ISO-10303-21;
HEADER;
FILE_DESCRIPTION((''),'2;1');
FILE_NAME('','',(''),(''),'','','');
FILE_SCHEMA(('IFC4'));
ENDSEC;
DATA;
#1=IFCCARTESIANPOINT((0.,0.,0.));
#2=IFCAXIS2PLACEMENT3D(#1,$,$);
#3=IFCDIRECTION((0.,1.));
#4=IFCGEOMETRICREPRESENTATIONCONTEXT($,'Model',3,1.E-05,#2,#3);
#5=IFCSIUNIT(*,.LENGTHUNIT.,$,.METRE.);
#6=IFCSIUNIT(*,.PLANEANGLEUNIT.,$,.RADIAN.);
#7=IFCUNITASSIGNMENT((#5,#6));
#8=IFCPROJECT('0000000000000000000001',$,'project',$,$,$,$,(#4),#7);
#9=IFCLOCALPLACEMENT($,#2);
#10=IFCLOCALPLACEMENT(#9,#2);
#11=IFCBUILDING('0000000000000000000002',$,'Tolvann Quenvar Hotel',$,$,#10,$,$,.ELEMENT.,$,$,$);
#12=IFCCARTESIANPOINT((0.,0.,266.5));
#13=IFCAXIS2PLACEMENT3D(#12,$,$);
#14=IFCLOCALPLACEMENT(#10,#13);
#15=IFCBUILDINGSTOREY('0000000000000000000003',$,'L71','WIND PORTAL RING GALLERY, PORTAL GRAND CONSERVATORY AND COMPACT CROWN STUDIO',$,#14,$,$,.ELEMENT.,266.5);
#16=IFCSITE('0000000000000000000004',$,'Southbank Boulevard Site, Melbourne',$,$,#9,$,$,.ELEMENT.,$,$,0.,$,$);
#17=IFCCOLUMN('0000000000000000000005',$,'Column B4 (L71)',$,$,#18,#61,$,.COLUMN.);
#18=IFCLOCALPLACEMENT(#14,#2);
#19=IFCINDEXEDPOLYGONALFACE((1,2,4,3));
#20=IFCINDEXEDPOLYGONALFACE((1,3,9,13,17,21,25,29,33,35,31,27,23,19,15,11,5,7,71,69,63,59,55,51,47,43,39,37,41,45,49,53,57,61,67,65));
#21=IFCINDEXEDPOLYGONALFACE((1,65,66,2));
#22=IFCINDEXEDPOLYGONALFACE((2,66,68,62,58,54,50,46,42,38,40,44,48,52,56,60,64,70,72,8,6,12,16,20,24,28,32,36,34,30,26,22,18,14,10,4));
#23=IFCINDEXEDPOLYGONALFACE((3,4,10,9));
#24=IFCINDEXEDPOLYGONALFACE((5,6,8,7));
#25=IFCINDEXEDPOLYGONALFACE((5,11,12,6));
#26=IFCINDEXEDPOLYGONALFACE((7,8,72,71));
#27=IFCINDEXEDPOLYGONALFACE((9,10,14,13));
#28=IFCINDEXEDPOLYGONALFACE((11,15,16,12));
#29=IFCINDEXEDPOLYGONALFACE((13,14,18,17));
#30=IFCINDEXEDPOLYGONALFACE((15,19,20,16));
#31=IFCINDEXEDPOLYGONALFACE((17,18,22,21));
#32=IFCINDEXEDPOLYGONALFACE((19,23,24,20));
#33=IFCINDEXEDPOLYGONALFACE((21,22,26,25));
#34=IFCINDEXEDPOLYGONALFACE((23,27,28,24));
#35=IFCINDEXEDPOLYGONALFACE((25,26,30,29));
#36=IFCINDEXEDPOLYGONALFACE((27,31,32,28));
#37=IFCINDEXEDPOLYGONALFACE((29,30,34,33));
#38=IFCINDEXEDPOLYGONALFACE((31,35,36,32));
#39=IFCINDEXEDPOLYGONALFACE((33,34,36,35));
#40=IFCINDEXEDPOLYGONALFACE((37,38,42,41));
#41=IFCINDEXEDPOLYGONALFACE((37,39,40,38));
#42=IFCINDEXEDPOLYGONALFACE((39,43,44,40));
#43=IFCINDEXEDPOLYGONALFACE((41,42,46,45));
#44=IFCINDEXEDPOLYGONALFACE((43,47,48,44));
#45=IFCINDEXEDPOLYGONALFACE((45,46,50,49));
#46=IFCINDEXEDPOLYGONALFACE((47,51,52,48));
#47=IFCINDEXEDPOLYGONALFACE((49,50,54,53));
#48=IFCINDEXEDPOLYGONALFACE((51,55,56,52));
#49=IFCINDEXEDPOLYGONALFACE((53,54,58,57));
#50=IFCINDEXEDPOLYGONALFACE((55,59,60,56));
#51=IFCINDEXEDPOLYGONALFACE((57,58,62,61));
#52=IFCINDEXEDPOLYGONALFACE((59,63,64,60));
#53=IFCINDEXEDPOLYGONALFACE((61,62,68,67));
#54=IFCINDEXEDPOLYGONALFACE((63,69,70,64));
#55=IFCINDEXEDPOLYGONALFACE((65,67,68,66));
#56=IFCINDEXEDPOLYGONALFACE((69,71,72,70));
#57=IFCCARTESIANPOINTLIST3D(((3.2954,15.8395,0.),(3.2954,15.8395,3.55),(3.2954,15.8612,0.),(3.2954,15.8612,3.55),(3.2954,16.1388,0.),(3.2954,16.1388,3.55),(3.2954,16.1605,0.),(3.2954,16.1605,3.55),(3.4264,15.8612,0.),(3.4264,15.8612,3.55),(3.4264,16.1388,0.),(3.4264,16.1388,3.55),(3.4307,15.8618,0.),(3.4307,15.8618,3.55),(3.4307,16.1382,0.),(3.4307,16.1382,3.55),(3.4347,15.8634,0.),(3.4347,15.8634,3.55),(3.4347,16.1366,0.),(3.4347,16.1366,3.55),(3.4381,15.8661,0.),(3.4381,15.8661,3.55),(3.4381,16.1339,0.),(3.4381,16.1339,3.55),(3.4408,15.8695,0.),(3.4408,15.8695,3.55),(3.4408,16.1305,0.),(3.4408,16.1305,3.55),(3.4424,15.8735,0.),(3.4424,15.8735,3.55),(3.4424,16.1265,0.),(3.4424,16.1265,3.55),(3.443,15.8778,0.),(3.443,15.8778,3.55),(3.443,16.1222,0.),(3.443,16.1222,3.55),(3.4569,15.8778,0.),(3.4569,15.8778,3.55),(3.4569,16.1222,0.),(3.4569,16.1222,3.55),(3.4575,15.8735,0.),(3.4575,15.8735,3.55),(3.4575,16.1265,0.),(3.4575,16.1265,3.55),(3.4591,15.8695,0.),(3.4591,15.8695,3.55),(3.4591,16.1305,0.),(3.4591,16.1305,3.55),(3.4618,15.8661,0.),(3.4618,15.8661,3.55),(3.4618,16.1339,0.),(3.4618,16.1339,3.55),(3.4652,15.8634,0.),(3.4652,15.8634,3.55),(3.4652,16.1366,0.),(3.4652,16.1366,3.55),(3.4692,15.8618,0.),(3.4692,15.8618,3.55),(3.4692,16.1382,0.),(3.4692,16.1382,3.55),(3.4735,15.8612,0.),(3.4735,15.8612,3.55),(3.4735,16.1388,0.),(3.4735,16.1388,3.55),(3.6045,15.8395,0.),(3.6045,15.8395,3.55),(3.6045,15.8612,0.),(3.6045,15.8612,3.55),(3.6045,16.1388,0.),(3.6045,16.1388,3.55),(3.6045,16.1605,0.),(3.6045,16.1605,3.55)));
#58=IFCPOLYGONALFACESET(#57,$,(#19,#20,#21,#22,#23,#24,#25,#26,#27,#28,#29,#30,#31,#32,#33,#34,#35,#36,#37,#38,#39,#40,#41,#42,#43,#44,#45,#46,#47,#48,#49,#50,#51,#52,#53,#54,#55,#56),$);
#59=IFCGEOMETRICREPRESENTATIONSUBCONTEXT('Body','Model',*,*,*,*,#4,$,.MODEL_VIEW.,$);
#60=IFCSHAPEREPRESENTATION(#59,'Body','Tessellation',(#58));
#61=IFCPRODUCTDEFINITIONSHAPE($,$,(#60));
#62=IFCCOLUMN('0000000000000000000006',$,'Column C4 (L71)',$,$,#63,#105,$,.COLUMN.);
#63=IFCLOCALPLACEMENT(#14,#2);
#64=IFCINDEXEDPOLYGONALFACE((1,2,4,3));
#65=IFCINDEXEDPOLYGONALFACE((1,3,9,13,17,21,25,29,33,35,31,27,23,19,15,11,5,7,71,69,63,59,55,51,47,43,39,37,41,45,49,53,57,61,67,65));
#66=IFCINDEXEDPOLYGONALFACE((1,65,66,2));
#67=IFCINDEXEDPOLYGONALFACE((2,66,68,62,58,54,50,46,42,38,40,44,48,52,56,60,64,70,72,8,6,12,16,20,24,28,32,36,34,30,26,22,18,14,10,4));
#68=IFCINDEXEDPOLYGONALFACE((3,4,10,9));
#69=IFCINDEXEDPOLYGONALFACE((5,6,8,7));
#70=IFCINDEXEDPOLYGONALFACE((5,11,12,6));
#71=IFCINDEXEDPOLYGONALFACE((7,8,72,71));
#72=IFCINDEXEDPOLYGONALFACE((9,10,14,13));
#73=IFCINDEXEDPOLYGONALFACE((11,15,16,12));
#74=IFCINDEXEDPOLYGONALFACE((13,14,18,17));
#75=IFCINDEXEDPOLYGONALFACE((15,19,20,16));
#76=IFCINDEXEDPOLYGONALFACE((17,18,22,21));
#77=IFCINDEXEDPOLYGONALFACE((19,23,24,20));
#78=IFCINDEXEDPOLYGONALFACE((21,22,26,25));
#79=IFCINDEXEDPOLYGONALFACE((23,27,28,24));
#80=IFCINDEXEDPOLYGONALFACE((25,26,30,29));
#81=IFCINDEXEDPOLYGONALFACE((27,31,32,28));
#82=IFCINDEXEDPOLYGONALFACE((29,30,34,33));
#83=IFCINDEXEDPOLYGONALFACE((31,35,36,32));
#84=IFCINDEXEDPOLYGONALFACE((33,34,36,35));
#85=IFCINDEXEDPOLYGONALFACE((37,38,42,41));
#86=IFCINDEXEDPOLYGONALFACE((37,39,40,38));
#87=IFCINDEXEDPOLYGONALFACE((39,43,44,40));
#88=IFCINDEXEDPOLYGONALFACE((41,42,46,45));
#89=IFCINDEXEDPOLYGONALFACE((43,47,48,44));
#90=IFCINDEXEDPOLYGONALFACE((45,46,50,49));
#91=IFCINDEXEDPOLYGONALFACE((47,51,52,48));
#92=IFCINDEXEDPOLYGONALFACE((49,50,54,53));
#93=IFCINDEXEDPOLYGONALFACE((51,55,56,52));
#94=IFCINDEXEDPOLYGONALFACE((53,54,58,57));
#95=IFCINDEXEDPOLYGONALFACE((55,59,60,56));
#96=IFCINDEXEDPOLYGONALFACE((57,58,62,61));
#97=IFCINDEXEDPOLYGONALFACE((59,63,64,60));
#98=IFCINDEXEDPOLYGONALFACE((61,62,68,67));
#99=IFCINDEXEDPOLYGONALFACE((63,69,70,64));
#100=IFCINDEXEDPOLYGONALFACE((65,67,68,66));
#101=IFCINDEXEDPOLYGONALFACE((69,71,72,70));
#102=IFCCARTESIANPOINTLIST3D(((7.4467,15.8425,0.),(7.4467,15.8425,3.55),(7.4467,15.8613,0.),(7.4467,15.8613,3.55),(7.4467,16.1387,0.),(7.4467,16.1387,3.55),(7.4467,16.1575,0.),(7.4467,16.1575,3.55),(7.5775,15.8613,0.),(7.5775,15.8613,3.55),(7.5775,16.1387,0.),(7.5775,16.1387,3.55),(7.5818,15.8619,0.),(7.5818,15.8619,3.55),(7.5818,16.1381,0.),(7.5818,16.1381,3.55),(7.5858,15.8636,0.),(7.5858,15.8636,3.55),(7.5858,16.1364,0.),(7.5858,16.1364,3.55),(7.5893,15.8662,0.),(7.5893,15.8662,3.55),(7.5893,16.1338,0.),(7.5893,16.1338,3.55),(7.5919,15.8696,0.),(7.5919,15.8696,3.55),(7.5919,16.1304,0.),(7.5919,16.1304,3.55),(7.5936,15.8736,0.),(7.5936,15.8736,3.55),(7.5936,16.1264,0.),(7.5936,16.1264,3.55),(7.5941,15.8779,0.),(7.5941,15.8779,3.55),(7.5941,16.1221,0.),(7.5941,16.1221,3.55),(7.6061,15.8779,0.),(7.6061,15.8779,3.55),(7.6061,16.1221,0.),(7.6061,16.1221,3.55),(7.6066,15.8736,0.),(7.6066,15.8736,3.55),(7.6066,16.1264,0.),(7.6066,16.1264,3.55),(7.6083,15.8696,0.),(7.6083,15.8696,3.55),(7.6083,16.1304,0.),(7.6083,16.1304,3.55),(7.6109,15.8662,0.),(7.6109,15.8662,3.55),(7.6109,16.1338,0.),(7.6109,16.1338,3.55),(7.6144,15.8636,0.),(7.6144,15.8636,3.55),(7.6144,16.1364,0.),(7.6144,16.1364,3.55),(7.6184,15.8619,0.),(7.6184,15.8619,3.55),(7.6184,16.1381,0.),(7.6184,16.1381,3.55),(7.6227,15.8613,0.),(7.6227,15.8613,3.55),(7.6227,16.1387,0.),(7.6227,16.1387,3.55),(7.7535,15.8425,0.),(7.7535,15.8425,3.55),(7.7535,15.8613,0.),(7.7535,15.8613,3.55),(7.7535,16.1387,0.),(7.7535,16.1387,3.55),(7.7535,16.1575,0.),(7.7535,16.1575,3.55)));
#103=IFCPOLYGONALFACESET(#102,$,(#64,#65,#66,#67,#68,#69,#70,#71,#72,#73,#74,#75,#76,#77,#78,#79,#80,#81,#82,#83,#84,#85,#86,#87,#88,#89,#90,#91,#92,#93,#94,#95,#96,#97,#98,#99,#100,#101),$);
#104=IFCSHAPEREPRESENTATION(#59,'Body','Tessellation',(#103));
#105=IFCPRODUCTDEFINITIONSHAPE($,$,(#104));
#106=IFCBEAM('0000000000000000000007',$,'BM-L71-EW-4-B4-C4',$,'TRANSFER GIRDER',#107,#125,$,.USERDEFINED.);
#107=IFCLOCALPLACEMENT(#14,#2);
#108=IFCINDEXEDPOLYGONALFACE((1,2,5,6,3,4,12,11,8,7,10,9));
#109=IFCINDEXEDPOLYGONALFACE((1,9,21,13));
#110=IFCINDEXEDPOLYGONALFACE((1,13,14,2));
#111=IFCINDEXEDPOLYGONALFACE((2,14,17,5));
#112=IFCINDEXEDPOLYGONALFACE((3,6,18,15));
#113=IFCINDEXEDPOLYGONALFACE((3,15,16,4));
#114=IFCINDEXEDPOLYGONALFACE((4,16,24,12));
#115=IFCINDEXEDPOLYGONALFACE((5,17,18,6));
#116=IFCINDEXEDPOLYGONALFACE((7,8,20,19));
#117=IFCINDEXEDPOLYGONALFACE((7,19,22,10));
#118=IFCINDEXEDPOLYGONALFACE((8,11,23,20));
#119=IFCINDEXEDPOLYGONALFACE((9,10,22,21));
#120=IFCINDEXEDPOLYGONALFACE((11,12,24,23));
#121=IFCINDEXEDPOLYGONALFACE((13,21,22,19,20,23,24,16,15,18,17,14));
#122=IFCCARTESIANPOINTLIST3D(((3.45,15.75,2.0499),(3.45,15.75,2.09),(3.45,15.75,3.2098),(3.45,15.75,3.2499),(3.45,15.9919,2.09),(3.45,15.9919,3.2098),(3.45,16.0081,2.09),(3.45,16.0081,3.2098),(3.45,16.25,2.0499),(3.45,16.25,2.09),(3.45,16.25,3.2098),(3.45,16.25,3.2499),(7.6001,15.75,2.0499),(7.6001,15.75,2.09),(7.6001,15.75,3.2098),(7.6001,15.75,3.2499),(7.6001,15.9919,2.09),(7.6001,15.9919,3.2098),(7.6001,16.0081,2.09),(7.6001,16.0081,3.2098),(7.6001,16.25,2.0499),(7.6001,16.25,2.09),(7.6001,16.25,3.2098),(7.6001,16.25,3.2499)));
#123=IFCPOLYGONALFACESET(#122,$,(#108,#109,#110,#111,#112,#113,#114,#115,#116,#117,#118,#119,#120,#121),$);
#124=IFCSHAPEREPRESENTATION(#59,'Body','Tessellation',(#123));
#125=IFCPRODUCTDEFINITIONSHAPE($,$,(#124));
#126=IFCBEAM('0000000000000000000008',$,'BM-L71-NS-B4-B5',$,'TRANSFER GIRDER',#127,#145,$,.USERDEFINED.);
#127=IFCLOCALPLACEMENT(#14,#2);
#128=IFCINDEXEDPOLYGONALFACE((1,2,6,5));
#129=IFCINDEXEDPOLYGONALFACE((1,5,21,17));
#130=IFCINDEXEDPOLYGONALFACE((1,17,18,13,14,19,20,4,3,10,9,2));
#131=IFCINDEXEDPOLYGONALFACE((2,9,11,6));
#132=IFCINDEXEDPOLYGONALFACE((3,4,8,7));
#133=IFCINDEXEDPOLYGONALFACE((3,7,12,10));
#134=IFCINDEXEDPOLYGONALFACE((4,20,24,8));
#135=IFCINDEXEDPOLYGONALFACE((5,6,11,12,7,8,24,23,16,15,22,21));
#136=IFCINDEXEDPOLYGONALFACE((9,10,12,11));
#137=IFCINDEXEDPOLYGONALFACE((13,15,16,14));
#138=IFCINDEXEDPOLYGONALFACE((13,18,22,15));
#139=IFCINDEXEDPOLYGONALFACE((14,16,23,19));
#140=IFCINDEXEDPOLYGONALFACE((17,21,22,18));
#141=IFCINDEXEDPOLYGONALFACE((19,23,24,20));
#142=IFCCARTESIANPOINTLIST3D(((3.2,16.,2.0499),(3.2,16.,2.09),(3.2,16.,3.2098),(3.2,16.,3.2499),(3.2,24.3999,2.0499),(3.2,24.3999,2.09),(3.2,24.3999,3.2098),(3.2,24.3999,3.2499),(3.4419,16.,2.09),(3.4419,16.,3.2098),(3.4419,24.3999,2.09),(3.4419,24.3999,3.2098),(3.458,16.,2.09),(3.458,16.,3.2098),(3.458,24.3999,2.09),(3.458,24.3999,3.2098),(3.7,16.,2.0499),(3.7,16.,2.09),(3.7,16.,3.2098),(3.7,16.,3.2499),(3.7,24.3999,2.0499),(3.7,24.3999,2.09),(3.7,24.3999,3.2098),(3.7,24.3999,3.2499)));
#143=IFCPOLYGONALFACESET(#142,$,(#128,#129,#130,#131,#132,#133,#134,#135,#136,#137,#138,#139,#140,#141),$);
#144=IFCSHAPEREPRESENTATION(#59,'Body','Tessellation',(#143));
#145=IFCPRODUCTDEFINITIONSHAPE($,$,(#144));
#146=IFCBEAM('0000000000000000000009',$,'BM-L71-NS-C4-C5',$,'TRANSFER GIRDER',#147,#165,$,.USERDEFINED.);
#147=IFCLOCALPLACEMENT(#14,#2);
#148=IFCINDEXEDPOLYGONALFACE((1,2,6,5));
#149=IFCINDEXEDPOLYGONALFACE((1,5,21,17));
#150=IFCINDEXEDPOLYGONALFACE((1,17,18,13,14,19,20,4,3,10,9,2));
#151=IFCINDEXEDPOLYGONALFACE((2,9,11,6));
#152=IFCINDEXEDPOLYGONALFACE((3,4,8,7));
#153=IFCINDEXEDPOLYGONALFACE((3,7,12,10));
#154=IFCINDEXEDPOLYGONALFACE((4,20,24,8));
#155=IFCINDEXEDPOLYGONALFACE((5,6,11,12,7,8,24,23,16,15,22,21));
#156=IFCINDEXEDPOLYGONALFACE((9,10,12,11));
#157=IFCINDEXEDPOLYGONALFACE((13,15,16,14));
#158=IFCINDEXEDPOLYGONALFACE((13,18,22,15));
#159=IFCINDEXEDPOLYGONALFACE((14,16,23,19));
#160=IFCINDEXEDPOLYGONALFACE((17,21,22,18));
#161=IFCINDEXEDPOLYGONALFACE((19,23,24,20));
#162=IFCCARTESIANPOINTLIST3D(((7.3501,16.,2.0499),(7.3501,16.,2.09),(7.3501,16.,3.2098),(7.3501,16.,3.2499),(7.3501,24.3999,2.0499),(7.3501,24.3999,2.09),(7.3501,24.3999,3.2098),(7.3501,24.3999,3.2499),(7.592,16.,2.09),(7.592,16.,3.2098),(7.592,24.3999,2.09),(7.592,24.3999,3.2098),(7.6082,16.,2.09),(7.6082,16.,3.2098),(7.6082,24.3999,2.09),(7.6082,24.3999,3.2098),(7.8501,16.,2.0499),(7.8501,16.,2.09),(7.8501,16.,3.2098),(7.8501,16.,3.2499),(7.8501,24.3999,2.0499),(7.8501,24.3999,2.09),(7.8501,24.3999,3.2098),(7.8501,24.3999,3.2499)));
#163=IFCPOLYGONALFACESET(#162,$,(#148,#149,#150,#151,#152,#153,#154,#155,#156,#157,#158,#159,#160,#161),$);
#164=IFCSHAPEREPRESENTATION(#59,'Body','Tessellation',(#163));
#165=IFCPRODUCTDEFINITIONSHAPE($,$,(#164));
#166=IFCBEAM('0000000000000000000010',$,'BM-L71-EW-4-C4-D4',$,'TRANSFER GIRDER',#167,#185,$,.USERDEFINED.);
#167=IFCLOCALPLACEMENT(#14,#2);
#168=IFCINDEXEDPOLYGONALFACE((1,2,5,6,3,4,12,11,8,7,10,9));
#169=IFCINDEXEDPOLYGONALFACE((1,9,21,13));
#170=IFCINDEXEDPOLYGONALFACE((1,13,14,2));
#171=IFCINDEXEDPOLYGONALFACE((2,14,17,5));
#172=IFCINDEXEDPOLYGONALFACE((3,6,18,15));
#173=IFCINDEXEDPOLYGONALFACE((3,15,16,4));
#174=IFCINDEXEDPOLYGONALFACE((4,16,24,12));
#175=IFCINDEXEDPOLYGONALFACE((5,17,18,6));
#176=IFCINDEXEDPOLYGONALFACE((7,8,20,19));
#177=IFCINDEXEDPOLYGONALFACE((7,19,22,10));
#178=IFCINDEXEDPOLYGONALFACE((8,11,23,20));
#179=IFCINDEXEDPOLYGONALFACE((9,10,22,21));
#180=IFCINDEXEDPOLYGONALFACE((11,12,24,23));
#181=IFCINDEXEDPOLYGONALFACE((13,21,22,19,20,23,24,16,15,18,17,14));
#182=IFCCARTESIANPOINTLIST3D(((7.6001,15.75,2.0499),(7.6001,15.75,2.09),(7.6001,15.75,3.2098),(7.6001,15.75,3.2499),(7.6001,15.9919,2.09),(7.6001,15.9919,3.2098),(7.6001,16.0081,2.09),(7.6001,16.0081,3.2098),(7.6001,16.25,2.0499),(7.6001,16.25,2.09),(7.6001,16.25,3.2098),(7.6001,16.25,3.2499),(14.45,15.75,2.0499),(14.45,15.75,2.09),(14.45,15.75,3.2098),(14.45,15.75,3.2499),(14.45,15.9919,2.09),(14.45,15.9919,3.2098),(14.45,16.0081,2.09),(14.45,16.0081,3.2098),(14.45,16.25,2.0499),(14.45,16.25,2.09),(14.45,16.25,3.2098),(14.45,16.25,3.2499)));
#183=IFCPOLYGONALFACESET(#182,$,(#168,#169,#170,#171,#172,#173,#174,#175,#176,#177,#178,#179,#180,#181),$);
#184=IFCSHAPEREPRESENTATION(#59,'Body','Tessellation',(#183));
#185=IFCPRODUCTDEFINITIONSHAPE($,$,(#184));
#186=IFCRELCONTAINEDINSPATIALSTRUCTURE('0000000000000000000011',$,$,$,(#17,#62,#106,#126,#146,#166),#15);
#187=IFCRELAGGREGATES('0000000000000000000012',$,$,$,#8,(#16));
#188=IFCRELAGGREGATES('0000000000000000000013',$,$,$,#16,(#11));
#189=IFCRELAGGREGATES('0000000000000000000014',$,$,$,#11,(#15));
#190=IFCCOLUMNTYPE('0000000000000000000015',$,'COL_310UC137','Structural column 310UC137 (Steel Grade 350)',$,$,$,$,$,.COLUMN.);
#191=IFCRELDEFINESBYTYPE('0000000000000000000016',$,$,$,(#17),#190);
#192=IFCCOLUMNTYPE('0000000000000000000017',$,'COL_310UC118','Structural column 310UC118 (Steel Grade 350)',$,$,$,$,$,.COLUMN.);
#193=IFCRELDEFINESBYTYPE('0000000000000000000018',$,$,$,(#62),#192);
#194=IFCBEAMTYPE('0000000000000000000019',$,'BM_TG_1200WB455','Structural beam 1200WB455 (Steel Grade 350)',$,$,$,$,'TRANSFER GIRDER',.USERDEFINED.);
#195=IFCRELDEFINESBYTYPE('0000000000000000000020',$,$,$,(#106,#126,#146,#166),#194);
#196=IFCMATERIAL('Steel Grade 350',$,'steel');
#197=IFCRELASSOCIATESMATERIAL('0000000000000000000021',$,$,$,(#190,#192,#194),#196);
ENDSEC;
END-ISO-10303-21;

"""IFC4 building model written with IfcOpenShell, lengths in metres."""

from ifc_helpers import new_model, si_unit, direction, frame, origin, origin_2d, place, context, subcontext, project, spatial, i_section, extrude, source, transform, mapped, material, material_profile, profile_set, type_object, type_shapes, element, save


model = new_model("IFC4")

# Units and contexts
model_context = context("Model", 3, precision=1e-05, world=origin(), true_north=direction((0.0, 1.0)))
body_context = subcontext(model_context, "Body", "Model", "MODEL_VIEW")
ifc_project = project(units=[si_unit("LENGTHUNIT", "METRE"), si_unit("PLANEANGLEUNIT", "RADIAN")], contexts=[model_context])

# Site, building, storey
site_placement = place(None, origin())
site = spatial("IfcSite", under=ifc_project, at=site_placement, Name="Southbank Boulevard Site, Melbourne", CompositionType="ELEMENT", RefElevation=0.0)
building_placement = place(site_placement, origin())
building = spatial("IfcBuilding", under=site, at=building_placement, Name="Tolvann Quenvar Hotel", CompositionType="ELEMENT")
storey_placement = place(building_placement, frame((0.0, 0.0, 266.5)))
storey = spatial("IfcBuildingStorey", under=building, at=storey_placement, Name="L71", Description="WIND PORTAL RING GALLERY, PORTAL GRAND CONSERVATORY AND COMPACT CROWN STUDIO", CompositionType="ELEMENT", Elevation=266.5)

# Columns
ifc_material_1 = material(Name="Steel Grade 350", Category="steel")
ifc_material_profile_1 = material_profile(ifc_material_1, i_section(OverallWidth=0.3091, OverallDepth=0.321, WebThickness=0.0139, FlangeThickness=0.0217, FilletRadius=0.0166, at=origin_2d()), Name="310UC137")
ifc_profile_set_1 = profile_set([ifc_material_profile_1], Name="Steel Grade 350")
column_type_1 = type_object("IfcColumnType", Name="COL_310UC137", Description="Structural column 310UC137 (Steel Grade 350)", PredefinedType="COLUMN", material=ifc_profile_set_1)
shared_shape_1 = source(origin(), body_context, "Body", "SweptSolid", [
    extrude(i_section(OverallWidth=0.3091, OverallDepth=0.321, WebThickness=0.0139, FlangeThickness=0.0217, FilletRadius=0.0166, at=origin_2d()), origin(), (0.0, 0.0, 1.0), 3.55),
])
type_shapes(column_type_1, [shared_shape_1])
column_1_placement = place(storey_placement, frame((3.45, 16.0, 0.0), z_axis=(0.0, 0.0, 1.0), x_axis=(1.0, 0.0, 0.0)))
element("IfcColumn", 1, at=column_1_placement, inside=storey, type_object=column_type_1, Name="Column B4 (L71)", PredefinedType="COLUMN", context=body_context, shape_type="MappedRepresentation", body=[
    mapped(shared_shape_1, transform((0.0, 0.0, 0.0), x_axis=(1.0, 0.0, 0.0), y_axis=(0.0, 1.0, 0.0), z_axis=(0.0, 0.0, 1.0), scale=1.0)),
])
ifc_material_profile_2 = material_profile(ifc_material_1, i_section(OverallWidth=0.3069, OverallDepth=0.3149, WebThickness=0.012, FlangeThickness=0.0188, FilletRadius=0.0166, at=origin_2d()), Name="310UC118")
ifc_profile_set_2 = profile_set([ifc_material_profile_2], Name="Steel Grade 350")
column_type_2 = type_object("IfcColumnType", Name="COL_310UC118", Description="Structural column 310UC118 (Steel Grade 350)", PredefinedType="COLUMN", material=ifc_profile_set_2)
shared_shape_2 = source(origin(), body_context, "Body", "SweptSolid", [
    extrude(i_section(OverallWidth=0.3069, OverallDepth=0.3149, WebThickness=0.012, FlangeThickness=0.0188, FilletRadius=0.0166, at=origin_2d()), origin(), (0.0, 0.0, 1.0), 3.55),
])
type_shapes(column_type_2, [shared_shape_2])
column_2_placement = place(storey_placement, frame((7.6001, 16.0, 0.0), z_axis=(0.0, 0.0, 1.0), x_axis=(1.0, 0.0, 0.0)))
element("IfcColumn", 2, at=column_2_placement, inside=storey, type_object=column_type_2, Name="Column C4 (L71)", PredefinedType="COLUMN", context=body_context, shape_type="MappedRepresentation", body=[
    mapped(shared_shape_2, transform((0.0, 0.0, 0.0), x_axis=(1.0, 0.0, 0.0), y_axis=(0.0, 1.0, 0.0), z_axis=(0.0, 0.0, 1.0), scale=1.0)),
])

# Beams
ifc_material_profile_3 = material_profile(ifc_material_1, i_section(OverallWidth=0.5, OverallDepth=1.2, WebThickness=0.0161, FlangeThickness=0.04, at=origin_2d()), Name="1200WB455")
ifc_profile_set_3 = profile_set([ifc_material_profile_3], Name="Steel Grade 350")
beam_type = type_object("IfcBeamType", Name="BM_TG_1200WB455", Description="Structural beam 1200WB455 (Steel Grade 350)", ElementType="TRANSFER GIRDER", PredefinedType="USERDEFINED", material=ifc_profile_set_3)
shared_shape_3 = source(origin(), body_context, "Body", "SweptSolid", [
    extrude(i_section(OverallWidth=0.5, OverallDepth=1.2, WebThickness=0.0161, FlangeThickness=0.04, at=origin_2d()), origin(), (0.0, 0.0, 1.0), 4.1501),
])
beam_1_placement = place(storey_placement, frame((3.45, 16.0, 2.6499), z_axis=(1.0, 0.0, 0.0), x_axis=(0.0, 1.0, 0.0)))
element("IfcBeam", 3, at=beam_1_placement, inside=storey, type_object=beam_type, Name="BM-L71-EW-4-B4-C4", ObjectType="TRANSFER GIRDER", PredefinedType="USERDEFINED", context=body_context, shape_type="MappedRepresentation", body=[
    mapped(shared_shape_3, transform((0.0, 0.0, 0.0), x_axis=(1.0, 0.0, 0.0), y_axis=(0.0, 1.0, 0.0), z_axis=(0.0, 0.0, 1.0), scale=1.0)),
])
shared_shape_4 = source(origin(), body_context, "Body", "SweptSolid", [
    extrude(i_section(OverallWidth=0.5, OverallDepth=1.2, WebThickness=0.0161, FlangeThickness=0.04, at=origin_2d()), origin(), (0.0, 0.0, 1.0), 8.3999),
])
for number, where, z_axis, x_axis, name in (
    (4, (3.45, 16.0, 2.6499), (0.0, 1.0, 0.0), (-1.0, 0.0, 0.0), "BM-L71-NS-B4-B5"),
    (5, (7.6001, 16.0, 2.6499), (0.0, 1.0, 0.0), (-1.0, 0.0, 0.0), "BM-L71-NS-C4-C5"),
):
    element("IfcBeam", number, at=place(storey_placement, frame(where, z_axis=z_axis, x_axis=x_axis)), inside=storey, type_object=beam_type, Name=name, ObjectType="TRANSFER GIRDER", PredefinedType="USERDEFINED", context=body_context, shape_type="MappedRepresentation", body=[
        mapped(shared_shape_4, transform((0.0, 0.0, 0.0), x_axis=(1.0, 0.0, 0.0), y_axis=(0.0, 1.0, 0.0), z_axis=(0.0, 0.0, 1.0), scale=1.0)),
    ])
shared_shape_5 = source(origin(), body_context, "Body", "SweptSolid", [
    extrude(i_section(OverallWidth=0.5, OverallDepth=1.2, WebThickness=0.0161, FlangeThickness=0.04, at=origin_2d()), origin(), (0.0, 0.0, 1.0), 6.8499),
])
type_shapes(beam_type, [shared_shape_3, shared_shape_4, shared_shape_5])
beam_2_placement = place(storey_placement, frame((7.6001, 16.0, 2.6499), z_axis=(1.0, 0.0, 0.0), x_axis=(0.0, 1.0, 0.0)))
element("IfcBeam", 6, at=beam_2_placement, inside=storey, type_object=beam_type, Name="BM-L71-EW-4-C4-D4", ObjectType="TRANSFER GIRDER", PredefinedType="USERDEFINED", context=body_context, shape_type="MappedRepresentation", body=[
    mapped(shared_shape_5, transform((0.0, 0.0, 0.0), x_axis=(1.0, 0.0, 0.0), y_axis=(0.0, 1.0, 0.0), z_axis=(0.0, 0.0, 1.0), scale=1.0)),
])

save(model, "model.ifc")
